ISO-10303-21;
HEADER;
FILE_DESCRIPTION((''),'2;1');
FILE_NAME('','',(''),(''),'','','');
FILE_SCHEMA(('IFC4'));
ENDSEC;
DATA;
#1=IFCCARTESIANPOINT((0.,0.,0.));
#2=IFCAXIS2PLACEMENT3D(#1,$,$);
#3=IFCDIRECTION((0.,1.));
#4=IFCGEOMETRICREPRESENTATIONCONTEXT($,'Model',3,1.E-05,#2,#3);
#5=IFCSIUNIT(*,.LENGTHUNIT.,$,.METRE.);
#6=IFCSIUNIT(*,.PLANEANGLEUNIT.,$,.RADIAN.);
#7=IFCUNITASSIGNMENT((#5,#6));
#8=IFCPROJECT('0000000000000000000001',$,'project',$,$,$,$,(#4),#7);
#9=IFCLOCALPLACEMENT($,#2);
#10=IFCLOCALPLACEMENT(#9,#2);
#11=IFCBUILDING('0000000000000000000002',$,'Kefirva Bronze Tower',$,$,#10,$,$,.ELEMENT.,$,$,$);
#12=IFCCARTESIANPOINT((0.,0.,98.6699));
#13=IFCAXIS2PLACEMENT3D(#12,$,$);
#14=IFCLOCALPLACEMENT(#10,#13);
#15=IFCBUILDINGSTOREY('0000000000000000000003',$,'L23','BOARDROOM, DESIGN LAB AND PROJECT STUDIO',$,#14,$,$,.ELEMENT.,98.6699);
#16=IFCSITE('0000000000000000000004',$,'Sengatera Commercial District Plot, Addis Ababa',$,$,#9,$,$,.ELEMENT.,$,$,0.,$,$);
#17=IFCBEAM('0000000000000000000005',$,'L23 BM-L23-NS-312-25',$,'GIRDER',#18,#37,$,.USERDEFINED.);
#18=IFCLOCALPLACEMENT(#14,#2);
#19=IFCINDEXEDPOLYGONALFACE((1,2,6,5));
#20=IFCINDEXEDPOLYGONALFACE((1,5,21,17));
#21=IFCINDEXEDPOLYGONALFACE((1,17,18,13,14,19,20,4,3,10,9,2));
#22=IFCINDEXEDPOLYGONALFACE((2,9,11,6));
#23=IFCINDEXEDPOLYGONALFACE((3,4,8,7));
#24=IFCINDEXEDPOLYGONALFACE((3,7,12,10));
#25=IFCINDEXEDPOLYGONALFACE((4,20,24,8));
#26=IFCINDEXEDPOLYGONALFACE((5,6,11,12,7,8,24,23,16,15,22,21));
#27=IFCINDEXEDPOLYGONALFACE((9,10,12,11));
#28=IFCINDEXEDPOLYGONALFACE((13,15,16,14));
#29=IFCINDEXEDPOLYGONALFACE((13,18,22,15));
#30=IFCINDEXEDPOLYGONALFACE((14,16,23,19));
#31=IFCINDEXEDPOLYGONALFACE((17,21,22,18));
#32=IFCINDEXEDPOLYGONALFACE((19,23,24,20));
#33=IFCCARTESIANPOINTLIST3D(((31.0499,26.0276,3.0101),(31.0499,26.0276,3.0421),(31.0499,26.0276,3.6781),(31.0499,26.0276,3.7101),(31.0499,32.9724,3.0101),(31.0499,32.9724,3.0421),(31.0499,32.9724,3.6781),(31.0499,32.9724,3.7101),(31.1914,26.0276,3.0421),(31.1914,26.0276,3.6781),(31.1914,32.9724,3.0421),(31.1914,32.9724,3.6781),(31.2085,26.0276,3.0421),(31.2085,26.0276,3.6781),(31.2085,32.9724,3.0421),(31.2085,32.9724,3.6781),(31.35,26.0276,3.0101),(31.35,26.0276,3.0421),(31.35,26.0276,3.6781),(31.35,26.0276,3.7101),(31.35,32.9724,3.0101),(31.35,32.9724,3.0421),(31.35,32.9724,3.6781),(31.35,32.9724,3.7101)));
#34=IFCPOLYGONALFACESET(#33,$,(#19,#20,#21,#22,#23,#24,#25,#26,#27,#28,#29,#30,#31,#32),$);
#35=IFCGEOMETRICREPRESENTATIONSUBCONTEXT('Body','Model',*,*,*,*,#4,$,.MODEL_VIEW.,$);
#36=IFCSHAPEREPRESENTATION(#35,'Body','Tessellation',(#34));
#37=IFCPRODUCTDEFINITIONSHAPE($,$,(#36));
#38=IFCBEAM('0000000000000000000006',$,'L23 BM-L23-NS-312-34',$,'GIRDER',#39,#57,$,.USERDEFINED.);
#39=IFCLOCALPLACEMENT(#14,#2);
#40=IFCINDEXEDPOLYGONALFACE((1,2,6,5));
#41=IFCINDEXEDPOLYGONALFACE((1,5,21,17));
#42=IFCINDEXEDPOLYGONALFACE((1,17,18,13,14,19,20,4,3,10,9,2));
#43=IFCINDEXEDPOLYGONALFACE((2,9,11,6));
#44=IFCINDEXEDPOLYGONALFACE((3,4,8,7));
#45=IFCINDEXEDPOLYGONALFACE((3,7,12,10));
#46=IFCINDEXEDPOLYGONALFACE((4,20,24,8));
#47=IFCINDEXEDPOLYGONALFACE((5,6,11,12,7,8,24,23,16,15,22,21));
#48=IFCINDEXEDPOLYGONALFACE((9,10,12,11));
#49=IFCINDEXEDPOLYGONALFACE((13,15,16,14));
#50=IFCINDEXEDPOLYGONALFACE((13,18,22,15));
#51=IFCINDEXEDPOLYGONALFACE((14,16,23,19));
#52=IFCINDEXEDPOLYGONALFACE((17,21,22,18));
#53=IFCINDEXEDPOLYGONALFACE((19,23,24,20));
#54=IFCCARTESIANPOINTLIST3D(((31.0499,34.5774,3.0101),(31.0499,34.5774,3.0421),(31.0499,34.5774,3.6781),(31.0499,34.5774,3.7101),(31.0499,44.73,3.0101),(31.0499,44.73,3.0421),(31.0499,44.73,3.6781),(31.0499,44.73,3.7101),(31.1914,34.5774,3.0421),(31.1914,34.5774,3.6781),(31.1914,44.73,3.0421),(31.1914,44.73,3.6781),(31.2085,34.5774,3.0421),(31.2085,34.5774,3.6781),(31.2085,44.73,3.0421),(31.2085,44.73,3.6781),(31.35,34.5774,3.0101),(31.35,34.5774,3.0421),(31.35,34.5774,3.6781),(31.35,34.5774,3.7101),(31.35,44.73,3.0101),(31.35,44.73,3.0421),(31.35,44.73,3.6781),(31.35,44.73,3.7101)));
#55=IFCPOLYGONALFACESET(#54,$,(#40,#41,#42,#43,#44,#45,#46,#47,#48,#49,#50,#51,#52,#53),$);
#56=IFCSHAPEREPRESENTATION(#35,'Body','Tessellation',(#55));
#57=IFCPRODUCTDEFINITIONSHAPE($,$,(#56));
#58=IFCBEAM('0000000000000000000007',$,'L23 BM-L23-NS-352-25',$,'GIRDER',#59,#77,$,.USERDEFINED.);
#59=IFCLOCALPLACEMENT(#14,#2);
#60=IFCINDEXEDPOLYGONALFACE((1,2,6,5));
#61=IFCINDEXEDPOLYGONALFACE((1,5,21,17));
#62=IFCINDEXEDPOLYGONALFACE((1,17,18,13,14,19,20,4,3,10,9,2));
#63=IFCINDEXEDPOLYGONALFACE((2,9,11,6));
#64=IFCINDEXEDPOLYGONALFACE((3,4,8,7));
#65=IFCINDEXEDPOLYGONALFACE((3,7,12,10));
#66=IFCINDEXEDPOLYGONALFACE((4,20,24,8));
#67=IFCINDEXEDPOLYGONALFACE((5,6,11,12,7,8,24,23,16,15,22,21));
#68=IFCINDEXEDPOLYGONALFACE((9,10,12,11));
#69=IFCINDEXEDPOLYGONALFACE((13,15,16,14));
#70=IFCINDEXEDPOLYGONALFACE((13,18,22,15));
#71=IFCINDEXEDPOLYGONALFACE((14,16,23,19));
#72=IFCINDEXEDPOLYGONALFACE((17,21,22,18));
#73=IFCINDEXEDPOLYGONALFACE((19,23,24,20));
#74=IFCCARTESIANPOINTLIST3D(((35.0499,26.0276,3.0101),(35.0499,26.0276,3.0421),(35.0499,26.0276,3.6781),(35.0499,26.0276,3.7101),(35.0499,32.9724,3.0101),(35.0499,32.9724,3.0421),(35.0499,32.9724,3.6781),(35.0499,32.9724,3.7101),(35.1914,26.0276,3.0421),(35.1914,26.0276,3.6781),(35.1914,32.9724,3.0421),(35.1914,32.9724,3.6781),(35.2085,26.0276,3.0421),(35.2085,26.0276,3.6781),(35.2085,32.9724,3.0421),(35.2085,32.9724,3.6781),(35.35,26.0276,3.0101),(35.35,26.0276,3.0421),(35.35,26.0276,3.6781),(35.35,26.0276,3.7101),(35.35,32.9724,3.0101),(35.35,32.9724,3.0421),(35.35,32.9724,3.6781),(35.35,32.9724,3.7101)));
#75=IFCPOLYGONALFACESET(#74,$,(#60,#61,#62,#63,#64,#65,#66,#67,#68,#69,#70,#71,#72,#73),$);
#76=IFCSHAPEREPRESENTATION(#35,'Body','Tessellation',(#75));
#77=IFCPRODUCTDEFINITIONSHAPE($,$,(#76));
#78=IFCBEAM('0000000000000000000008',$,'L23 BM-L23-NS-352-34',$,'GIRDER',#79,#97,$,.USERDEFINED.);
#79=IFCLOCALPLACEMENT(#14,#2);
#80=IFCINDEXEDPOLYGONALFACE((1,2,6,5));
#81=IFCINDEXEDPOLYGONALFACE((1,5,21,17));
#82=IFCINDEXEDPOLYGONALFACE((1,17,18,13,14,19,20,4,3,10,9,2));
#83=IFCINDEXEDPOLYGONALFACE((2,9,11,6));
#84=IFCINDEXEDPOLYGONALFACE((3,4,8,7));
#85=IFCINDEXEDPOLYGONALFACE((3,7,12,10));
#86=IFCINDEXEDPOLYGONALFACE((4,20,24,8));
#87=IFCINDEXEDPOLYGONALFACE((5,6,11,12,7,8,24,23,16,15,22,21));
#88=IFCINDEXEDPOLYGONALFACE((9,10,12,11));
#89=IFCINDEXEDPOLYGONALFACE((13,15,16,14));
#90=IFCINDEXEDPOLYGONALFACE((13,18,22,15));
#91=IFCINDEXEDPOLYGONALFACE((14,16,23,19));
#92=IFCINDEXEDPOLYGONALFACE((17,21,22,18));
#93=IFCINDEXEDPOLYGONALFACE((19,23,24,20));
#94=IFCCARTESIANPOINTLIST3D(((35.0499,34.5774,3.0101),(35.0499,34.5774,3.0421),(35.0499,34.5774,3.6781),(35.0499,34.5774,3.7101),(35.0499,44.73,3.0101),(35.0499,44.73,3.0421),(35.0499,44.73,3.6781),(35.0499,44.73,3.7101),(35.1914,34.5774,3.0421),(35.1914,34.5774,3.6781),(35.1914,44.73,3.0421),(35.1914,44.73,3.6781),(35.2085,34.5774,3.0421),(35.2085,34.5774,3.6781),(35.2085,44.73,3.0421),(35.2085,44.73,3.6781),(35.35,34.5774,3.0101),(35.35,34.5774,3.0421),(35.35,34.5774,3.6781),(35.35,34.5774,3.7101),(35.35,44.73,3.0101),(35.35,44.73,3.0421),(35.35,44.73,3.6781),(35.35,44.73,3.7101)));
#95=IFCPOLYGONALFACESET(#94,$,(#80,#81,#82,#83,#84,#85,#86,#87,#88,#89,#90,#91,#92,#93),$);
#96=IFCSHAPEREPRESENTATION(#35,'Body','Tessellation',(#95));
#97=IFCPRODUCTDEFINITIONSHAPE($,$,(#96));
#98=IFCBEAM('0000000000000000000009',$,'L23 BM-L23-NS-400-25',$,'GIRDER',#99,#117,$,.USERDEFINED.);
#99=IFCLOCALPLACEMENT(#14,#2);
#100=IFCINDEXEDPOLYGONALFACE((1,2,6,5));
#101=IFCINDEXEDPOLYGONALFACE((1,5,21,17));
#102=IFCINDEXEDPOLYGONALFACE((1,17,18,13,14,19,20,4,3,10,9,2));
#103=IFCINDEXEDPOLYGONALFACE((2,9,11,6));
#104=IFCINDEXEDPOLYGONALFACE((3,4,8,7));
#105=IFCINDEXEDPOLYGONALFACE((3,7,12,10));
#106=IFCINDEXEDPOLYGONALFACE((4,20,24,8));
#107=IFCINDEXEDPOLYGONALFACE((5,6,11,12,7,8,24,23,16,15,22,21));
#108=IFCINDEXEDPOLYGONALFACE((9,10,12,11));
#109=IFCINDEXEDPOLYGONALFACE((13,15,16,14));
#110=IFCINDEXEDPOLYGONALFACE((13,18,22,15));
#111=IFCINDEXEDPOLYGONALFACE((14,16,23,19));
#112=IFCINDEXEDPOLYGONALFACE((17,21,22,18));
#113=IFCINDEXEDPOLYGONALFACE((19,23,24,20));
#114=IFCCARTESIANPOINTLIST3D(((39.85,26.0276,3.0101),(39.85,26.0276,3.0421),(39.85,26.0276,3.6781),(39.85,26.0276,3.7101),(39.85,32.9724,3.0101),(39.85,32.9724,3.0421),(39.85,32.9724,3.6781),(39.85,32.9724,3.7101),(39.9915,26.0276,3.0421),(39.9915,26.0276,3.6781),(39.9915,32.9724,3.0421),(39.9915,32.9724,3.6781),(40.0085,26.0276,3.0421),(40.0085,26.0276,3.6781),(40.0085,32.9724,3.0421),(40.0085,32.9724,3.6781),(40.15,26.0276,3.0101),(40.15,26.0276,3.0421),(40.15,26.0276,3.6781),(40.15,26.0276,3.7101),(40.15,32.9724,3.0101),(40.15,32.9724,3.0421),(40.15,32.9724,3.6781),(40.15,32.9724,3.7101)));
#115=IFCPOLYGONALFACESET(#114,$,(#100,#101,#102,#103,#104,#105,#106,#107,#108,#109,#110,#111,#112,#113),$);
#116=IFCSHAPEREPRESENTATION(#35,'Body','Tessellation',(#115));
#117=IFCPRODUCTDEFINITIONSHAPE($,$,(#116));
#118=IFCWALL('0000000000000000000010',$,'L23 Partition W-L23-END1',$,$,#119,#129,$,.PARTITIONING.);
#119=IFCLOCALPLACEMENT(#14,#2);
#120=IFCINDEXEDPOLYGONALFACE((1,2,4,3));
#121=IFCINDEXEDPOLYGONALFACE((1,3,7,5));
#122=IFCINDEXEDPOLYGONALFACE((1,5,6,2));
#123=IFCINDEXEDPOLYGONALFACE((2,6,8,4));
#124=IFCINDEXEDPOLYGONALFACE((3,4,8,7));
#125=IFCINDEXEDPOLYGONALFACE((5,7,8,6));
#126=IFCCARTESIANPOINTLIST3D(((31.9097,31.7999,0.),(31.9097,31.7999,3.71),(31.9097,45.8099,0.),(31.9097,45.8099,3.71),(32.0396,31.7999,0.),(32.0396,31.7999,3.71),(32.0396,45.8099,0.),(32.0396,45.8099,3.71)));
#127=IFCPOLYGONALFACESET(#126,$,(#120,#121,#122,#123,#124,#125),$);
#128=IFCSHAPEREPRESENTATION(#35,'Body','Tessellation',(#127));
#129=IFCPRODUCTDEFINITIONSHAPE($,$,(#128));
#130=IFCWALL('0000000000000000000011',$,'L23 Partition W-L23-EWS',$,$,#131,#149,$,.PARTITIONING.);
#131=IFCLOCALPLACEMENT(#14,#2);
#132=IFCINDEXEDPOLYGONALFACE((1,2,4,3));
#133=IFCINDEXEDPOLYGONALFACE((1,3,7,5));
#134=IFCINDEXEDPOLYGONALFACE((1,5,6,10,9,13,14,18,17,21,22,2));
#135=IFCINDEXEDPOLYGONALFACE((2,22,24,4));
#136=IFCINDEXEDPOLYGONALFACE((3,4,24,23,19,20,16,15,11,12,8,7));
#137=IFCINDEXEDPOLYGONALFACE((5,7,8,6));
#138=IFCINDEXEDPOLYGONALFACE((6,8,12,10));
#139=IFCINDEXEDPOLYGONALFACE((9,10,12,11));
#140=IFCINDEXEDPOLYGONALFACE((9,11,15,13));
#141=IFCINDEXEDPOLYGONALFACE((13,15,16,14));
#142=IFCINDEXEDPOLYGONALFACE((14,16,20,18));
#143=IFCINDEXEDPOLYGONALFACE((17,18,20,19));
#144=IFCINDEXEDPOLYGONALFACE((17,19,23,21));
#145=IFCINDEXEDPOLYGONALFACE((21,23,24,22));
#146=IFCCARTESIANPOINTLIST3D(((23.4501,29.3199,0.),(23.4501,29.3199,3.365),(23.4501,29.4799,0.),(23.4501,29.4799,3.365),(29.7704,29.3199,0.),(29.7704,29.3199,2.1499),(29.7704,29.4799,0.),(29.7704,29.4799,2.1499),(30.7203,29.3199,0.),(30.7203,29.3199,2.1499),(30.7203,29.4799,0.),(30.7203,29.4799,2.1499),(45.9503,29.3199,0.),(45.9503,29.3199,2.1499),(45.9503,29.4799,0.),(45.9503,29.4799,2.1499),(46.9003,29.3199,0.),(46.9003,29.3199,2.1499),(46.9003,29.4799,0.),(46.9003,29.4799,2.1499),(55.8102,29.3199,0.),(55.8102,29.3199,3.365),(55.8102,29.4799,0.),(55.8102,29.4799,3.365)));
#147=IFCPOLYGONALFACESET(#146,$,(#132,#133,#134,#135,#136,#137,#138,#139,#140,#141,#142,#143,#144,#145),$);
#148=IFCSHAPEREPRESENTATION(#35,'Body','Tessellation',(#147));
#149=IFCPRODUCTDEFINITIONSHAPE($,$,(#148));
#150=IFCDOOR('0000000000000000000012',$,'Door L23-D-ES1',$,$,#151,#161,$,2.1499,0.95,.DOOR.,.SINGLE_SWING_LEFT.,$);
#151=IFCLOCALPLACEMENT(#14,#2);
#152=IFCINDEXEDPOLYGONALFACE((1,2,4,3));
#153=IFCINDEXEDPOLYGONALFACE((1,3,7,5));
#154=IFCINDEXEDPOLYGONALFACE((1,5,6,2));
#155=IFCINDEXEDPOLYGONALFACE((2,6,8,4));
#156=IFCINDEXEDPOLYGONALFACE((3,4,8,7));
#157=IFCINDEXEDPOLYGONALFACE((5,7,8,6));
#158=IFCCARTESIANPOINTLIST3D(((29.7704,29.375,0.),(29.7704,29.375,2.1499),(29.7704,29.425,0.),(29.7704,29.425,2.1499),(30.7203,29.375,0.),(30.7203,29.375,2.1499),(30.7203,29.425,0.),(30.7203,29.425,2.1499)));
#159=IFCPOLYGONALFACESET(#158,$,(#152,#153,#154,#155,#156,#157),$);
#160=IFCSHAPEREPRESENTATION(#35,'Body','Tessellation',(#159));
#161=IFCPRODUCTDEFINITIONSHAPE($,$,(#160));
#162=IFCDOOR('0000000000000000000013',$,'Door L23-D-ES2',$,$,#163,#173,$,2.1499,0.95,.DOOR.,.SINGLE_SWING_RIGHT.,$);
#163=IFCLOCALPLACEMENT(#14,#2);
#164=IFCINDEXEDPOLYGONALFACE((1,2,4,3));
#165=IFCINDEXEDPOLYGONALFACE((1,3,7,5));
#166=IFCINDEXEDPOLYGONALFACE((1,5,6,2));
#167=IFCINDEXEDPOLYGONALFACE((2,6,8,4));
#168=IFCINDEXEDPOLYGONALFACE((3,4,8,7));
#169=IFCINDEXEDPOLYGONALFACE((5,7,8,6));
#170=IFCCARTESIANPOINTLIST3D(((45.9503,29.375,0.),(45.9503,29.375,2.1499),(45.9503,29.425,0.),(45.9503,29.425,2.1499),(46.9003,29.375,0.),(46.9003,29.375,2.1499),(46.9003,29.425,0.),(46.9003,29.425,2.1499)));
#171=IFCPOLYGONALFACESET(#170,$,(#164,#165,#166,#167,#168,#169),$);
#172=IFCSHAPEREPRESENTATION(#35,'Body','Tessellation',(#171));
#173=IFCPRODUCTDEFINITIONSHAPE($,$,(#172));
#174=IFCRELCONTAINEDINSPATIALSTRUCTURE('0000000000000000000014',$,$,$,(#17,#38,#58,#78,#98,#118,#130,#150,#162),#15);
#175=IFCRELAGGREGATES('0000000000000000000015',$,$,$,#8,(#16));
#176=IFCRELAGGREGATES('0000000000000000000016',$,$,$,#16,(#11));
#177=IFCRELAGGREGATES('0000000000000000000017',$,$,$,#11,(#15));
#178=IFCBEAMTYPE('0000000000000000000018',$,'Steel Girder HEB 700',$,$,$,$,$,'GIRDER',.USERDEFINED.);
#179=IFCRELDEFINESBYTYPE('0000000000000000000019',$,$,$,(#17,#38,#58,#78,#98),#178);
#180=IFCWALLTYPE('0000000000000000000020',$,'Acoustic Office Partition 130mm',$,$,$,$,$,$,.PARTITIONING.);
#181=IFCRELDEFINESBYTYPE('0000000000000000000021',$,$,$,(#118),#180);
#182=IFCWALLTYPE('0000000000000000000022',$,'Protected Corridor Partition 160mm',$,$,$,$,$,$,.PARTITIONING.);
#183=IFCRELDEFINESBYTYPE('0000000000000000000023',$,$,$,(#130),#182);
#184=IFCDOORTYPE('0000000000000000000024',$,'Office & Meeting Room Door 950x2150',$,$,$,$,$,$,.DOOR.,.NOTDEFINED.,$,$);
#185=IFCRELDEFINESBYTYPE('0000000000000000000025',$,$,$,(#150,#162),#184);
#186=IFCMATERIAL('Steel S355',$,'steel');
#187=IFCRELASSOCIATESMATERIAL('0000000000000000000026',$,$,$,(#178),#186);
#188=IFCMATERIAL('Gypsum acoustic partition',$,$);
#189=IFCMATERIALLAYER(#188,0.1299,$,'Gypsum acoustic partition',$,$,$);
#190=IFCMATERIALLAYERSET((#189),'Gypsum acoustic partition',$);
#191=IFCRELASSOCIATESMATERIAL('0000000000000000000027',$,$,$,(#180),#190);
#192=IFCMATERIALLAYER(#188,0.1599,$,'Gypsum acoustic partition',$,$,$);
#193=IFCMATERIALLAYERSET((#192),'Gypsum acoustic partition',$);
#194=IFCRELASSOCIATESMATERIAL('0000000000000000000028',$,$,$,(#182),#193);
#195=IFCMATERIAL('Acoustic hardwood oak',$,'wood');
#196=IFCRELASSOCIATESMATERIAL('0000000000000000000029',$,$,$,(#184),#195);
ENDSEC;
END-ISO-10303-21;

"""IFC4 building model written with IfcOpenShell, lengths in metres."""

from ifc_helpers import new_model, si_unit, direction, frame, frame_2d, origin, origin_2d, place, context, subcontext, project, spatial, rectangle, i_section, extrude, material, layer, layer_set, material_profile, profile_set, type_object, element, fill, save


model = new_model("IFC4")

# Units and contexts
model_context = context("Model", 3, precision=1e-05, world=origin(), true_north=direction((0.0, 1.0)))
body_context = subcontext(model_context, "Body", "Model", "MODEL_VIEW")
ifc_project = project(units=[si_unit("LENGTHUNIT", "METRE"), si_unit("PLANEANGLEUNIT", "RADIAN")], contexts=[model_context])

# Site, building, storey
site_placement = place(None, origin())
site = spatial("IfcSite", under=ifc_project, at=site_placement, Name="Sengatera Commercial District Plot, Addis Ababa", CompositionType="ELEMENT", RefElevation=0.0)
building_placement = place(site_placement, origin())
building = spatial("IfcBuilding", under=site, at=building_placement, Name="Kefirva Bronze Tower", CompositionType="ELEMENT")
storey_placement = place(building_placement, frame((0.0, 0.0, 98.6699)))
storey = spatial("IfcBuildingStorey", under=building, at=storey_placement, Name="L23", Description="BOARDROOM, DESIGN LAB AND PROJECT STUDIO", CompositionType="ELEMENT", Elevation=98.6699)

# Beams
ifc_material_1 = material(Name="Steel S355", Category="steel")
ifc_material_profile_1 = material_profile(ifc_material_1, i_section(OverallWidth=0.3, OverallDepth=0.7, WebThickness=0.0171, FlangeThickness=0.032, at=origin_2d()), Name="HEB 700")
ifc_profile_set_1 = profile_set([ifc_material_profile_1], Name="Steel S355")
beam_type_1 = type_object("IfcBeamType", Name="Steel Girder HEB 700", ElementType="GIRDER", PredefinedType="USERDEFINED", material=ifc_profile_set_1)
beam_1_placement = place(storey_placement, frame((31.2, 26.0276, 3.3601), z_axis=(0.0, 1.0, 0.0), x_axis=(-1.0, 0.0, 0.0)))
element("IfcBeam", 1, at=beam_1_placement, inside=storey, type_object=beam_type_1, Name="L23 BM-L23-NS-312-25", ObjectType="GIRDER", PredefinedType="USERDEFINED", context=body_context, shape_type="SweptSolid", body=[
    extrude(i_section(OverallWidth=0.3, OverallDepth=0.7, WebThickness=0.0171, FlangeThickness=0.032, at=origin_2d()), origin(), (0.0, 0.0, 1.0), 6.9448),
])
beam_2_placement = place(storey_placement, frame((31.2, 34.5774, 3.3601), z_axis=(0.0, 1.0, 0.0), x_axis=(-1.0, 0.0, 0.0)))
element("IfcBeam", 2, at=beam_2_placement, inside=storey, type_object=beam_type_1, Name="L23 BM-L23-NS-312-34", ObjectType="GIRDER", PredefinedType="USERDEFINED", context=body_context, shape_type="SweptSolid", body=[
    extrude(i_section(OverallWidth=0.3, OverallDepth=0.7, WebThickness=0.0171, FlangeThickness=0.032, at=origin_2d()), origin(), (0.0, 0.0, 1.0), 10.1526),
])
beam_3_placement = place(storey_placement, frame((35.2, 26.0276, 3.3601), z_axis=(0.0, 1.0, 0.0), x_axis=(-1.0, 0.0, 0.0)))
element("IfcBeam", 3, at=beam_3_placement, inside=storey, type_object=beam_type_1, Name="L23 BM-L23-NS-352-25", ObjectType="GIRDER", PredefinedType="USERDEFINED", context=body_context, shape_type="SweptSolid", body=[
    extrude(i_section(OverallWidth=0.3, OverallDepth=0.7, WebThickness=0.0171, FlangeThickness=0.032, at=origin_2d()), origin(), (0.0, 0.0, 1.0), 6.9448),
])
beam_4_placement = place(storey_placement, frame((35.2, 34.5774, 3.3601), z_axis=(0.0, 1.0, 0.0), x_axis=(-1.0, 0.0, 0.0)))
element("IfcBeam", 4, at=beam_4_placement, inside=storey, type_object=beam_type_1, Name="L23 BM-L23-NS-352-34", ObjectType="GIRDER", PredefinedType="USERDEFINED", context=body_context, shape_type="SweptSolid", body=[
    extrude(i_section(OverallWidth=0.3, OverallDepth=0.7, WebThickness=0.0171, FlangeThickness=0.032, at=origin_2d()), origin(), (0.0, 0.0, 1.0), 10.1526),
])
beam_5_placement = place(storey_placement, frame((40.0, 26.0276, 3.3601), z_axis=(0.0, 1.0, 0.0), x_axis=(-1.0, 0.0, 0.0)))
element("IfcBeam", 5, at=beam_5_placement, inside=storey, type_object=beam_type_1, Name="L23 BM-L23-NS-400-25", ObjectType="GIRDER", PredefinedType="USERDEFINED", context=body_context, shape_type="SweptSolid", body=[
    extrude(i_section(OverallWidth=0.3, OverallDepth=0.7, WebThickness=0.0171, FlangeThickness=0.032, at=origin_2d()), origin(), (0.0, 0.0, 1.0), 6.9448),
])

# Wall
ifc_material_2 = material(Name="Gypsum acoustic partition")
ifc_layer_1 = layer(ifc_material_2, 0.1299, Name="Gypsum acoustic partition")
ifc_layer_set_1 = layer_set([ifc_layer_1], Name="Gypsum acoustic partition")
wall_type_1 = type_object("IfcWallType", Name="Acoustic Office Partition 130mm", PredefinedType="PARTITIONING", material=ifc_layer_set_1)
wall_1_placement = place(storey_placement, frame((31.9746, 31.8, 0.0), z_axis=(0.0, 0.0, 1.0), x_axis=(0.0, 1.0, 0.0)))
element("IfcWall", 6, at=wall_1_placement, inside=storey, type_object=wall_type_1, Name="L23 Partition W-L23-END1", PredefinedType="PARTITIONING", context=body_context, shape_type="SweptSolid", body=[
    extrude(rectangle(XDim=14.01, YDim=0.1299, at=frame_2d((7.0049, 0.0))), origin(), (0.0, 0.0, 1.0), 3.71),
])

# Wall, openings, doors
ifc_layer_2 = layer(ifc_material_2, 0.1599, Name="Gypsum acoustic partition")
ifc_layer_set_2 = layer_set([ifc_layer_2], Name="Gypsum acoustic partition")
wall_type_2 = type_object("IfcWallType", Name="Protected Corridor Partition 160mm", PredefinedType="PARTITIONING", material=ifc_layer_set_2)
wall_2_placement = place(storey_placement, frame((23.45, 29.3999, 0.0), z_axis=(0.0, 0.0, 1.0), x_axis=(1.0, 0.0, 0.0)))
wall_2 = element("IfcWall", 7, at=wall_2_placement, inside=storey, type_object=wall_type_2, Name="L23 Partition W-L23-EWS", PredefinedType="PARTITIONING", context=body_context, shape_type="SweptSolid", body=[
    extrude(rectangle(XDim=32.3601, YDim=0.1599, at=frame_2d((16.1802, 0.0))), origin(), (0.0, 0.0, 1.0), 3.365),
])
opening_1_placement = place(wall_2_placement, frame((7.2705, 0.0, 0.0), z_axis=(0.0, 0.0, 1.0), x_axis=(-1.0, 0.0, 0.0)))
opening_1 = element("IfcOpeningElement", 8, at=opening_1_placement, cuts=wall_2, PredefinedType="OPENING", context=body_context, shape_type="SweptSolid", body=[
    extrude(rectangle(XDim=0.95, YDim=2.1499, at=frame_2d((0.4751, 1.075))), frame((0.0, 0.0898, 0.0), z_axis=(0.0, -1.0, 0.0), x_axis=(1.0, 0.0, 0.0)), (0.0, 0.0, 1.0), 0.1799),
])
opening_2_placement = place(wall_2_placement, frame((23.4504, 0.0, 0.0), z_axis=(0.0, 0.0, 1.0), x_axis=(-1.0, 0.0, 0.0)))
opening_2 = element("IfcOpeningElement", 9, at=opening_2_placement, cuts=wall_2, PredefinedType="OPENING", context=body_context, shape_type="SweptSolid", body=[
    extrude(rectangle(XDim=0.95, YDim=2.1499, at=frame_2d((0.4751, 1.075))), frame((0.0, 0.0898, 0.0), z_axis=(0.0, -1.0, 0.0), x_axis=(1.0, 0.0, 0.0)), (0.0, 0.0, 1.0), 0.1799),
])
ifc_material_3 = material(Name="Acoustic hardwood oak", Category="wood")
door_type = type_object("IfcDoorType", Name="Office & Meeting Room Door 950x2150", OperationType="NOTDEFINED", PredefinedType="DOOR", material=ifc_material_3)
door_1_placement = place(opening_1_placement, origin())
door_1 = element("IfcDoor", 10, at=door_1_placement, inside=storey, type_object=door_type, Name="Door L23-D-ES1", OperationType="SINGLE_SWING_LEFT", OverallHeight=2.1499, OverallWidth=0.95, PredefinedType="DOOR", context=body_context, shape_type="SweptSolid", body=[
    extrude(rectangle(XDim=0.95, YDim=2.1499, at=frame_2d((0.4751, 1.075))), frame((0.0, 0.0249, 0.0), z_axis=(0.0, -1.0, 0.0), x_axis=(1.0, 0.0, 0.0)), (0.0, 0.0, 1.0), 0.05),
])
fill(opening_1, door_1)
door_2_placement = place(opening_2_placement, origin())
door_2 = element("IfcDoor", 11, at=door_2_placement, inside=storey, type_object=door_type, Name="Door L23-D-ES2", OperationType="SINGLE_SWING_RIGHT", OverallHeight=2.1499, OverallWidth=0.95, PredefinedType="DOOR", context=body_context, shape_type="SweptSolid", body=[
    extrude(rectangle(XDim=0.95, YDim=2.1499, at=frame_2d((0.4751, 1.075))), frame((0.0, 0.0249, 0.0), z_axis=(0.0, -1.0, 0.0), x_axis=(1.0, 0.0, 0.0)), (0.0, 0.0, 1.0), 0.05),
])
fill(opening_2, door_2)

save(model, "model.ifc")
